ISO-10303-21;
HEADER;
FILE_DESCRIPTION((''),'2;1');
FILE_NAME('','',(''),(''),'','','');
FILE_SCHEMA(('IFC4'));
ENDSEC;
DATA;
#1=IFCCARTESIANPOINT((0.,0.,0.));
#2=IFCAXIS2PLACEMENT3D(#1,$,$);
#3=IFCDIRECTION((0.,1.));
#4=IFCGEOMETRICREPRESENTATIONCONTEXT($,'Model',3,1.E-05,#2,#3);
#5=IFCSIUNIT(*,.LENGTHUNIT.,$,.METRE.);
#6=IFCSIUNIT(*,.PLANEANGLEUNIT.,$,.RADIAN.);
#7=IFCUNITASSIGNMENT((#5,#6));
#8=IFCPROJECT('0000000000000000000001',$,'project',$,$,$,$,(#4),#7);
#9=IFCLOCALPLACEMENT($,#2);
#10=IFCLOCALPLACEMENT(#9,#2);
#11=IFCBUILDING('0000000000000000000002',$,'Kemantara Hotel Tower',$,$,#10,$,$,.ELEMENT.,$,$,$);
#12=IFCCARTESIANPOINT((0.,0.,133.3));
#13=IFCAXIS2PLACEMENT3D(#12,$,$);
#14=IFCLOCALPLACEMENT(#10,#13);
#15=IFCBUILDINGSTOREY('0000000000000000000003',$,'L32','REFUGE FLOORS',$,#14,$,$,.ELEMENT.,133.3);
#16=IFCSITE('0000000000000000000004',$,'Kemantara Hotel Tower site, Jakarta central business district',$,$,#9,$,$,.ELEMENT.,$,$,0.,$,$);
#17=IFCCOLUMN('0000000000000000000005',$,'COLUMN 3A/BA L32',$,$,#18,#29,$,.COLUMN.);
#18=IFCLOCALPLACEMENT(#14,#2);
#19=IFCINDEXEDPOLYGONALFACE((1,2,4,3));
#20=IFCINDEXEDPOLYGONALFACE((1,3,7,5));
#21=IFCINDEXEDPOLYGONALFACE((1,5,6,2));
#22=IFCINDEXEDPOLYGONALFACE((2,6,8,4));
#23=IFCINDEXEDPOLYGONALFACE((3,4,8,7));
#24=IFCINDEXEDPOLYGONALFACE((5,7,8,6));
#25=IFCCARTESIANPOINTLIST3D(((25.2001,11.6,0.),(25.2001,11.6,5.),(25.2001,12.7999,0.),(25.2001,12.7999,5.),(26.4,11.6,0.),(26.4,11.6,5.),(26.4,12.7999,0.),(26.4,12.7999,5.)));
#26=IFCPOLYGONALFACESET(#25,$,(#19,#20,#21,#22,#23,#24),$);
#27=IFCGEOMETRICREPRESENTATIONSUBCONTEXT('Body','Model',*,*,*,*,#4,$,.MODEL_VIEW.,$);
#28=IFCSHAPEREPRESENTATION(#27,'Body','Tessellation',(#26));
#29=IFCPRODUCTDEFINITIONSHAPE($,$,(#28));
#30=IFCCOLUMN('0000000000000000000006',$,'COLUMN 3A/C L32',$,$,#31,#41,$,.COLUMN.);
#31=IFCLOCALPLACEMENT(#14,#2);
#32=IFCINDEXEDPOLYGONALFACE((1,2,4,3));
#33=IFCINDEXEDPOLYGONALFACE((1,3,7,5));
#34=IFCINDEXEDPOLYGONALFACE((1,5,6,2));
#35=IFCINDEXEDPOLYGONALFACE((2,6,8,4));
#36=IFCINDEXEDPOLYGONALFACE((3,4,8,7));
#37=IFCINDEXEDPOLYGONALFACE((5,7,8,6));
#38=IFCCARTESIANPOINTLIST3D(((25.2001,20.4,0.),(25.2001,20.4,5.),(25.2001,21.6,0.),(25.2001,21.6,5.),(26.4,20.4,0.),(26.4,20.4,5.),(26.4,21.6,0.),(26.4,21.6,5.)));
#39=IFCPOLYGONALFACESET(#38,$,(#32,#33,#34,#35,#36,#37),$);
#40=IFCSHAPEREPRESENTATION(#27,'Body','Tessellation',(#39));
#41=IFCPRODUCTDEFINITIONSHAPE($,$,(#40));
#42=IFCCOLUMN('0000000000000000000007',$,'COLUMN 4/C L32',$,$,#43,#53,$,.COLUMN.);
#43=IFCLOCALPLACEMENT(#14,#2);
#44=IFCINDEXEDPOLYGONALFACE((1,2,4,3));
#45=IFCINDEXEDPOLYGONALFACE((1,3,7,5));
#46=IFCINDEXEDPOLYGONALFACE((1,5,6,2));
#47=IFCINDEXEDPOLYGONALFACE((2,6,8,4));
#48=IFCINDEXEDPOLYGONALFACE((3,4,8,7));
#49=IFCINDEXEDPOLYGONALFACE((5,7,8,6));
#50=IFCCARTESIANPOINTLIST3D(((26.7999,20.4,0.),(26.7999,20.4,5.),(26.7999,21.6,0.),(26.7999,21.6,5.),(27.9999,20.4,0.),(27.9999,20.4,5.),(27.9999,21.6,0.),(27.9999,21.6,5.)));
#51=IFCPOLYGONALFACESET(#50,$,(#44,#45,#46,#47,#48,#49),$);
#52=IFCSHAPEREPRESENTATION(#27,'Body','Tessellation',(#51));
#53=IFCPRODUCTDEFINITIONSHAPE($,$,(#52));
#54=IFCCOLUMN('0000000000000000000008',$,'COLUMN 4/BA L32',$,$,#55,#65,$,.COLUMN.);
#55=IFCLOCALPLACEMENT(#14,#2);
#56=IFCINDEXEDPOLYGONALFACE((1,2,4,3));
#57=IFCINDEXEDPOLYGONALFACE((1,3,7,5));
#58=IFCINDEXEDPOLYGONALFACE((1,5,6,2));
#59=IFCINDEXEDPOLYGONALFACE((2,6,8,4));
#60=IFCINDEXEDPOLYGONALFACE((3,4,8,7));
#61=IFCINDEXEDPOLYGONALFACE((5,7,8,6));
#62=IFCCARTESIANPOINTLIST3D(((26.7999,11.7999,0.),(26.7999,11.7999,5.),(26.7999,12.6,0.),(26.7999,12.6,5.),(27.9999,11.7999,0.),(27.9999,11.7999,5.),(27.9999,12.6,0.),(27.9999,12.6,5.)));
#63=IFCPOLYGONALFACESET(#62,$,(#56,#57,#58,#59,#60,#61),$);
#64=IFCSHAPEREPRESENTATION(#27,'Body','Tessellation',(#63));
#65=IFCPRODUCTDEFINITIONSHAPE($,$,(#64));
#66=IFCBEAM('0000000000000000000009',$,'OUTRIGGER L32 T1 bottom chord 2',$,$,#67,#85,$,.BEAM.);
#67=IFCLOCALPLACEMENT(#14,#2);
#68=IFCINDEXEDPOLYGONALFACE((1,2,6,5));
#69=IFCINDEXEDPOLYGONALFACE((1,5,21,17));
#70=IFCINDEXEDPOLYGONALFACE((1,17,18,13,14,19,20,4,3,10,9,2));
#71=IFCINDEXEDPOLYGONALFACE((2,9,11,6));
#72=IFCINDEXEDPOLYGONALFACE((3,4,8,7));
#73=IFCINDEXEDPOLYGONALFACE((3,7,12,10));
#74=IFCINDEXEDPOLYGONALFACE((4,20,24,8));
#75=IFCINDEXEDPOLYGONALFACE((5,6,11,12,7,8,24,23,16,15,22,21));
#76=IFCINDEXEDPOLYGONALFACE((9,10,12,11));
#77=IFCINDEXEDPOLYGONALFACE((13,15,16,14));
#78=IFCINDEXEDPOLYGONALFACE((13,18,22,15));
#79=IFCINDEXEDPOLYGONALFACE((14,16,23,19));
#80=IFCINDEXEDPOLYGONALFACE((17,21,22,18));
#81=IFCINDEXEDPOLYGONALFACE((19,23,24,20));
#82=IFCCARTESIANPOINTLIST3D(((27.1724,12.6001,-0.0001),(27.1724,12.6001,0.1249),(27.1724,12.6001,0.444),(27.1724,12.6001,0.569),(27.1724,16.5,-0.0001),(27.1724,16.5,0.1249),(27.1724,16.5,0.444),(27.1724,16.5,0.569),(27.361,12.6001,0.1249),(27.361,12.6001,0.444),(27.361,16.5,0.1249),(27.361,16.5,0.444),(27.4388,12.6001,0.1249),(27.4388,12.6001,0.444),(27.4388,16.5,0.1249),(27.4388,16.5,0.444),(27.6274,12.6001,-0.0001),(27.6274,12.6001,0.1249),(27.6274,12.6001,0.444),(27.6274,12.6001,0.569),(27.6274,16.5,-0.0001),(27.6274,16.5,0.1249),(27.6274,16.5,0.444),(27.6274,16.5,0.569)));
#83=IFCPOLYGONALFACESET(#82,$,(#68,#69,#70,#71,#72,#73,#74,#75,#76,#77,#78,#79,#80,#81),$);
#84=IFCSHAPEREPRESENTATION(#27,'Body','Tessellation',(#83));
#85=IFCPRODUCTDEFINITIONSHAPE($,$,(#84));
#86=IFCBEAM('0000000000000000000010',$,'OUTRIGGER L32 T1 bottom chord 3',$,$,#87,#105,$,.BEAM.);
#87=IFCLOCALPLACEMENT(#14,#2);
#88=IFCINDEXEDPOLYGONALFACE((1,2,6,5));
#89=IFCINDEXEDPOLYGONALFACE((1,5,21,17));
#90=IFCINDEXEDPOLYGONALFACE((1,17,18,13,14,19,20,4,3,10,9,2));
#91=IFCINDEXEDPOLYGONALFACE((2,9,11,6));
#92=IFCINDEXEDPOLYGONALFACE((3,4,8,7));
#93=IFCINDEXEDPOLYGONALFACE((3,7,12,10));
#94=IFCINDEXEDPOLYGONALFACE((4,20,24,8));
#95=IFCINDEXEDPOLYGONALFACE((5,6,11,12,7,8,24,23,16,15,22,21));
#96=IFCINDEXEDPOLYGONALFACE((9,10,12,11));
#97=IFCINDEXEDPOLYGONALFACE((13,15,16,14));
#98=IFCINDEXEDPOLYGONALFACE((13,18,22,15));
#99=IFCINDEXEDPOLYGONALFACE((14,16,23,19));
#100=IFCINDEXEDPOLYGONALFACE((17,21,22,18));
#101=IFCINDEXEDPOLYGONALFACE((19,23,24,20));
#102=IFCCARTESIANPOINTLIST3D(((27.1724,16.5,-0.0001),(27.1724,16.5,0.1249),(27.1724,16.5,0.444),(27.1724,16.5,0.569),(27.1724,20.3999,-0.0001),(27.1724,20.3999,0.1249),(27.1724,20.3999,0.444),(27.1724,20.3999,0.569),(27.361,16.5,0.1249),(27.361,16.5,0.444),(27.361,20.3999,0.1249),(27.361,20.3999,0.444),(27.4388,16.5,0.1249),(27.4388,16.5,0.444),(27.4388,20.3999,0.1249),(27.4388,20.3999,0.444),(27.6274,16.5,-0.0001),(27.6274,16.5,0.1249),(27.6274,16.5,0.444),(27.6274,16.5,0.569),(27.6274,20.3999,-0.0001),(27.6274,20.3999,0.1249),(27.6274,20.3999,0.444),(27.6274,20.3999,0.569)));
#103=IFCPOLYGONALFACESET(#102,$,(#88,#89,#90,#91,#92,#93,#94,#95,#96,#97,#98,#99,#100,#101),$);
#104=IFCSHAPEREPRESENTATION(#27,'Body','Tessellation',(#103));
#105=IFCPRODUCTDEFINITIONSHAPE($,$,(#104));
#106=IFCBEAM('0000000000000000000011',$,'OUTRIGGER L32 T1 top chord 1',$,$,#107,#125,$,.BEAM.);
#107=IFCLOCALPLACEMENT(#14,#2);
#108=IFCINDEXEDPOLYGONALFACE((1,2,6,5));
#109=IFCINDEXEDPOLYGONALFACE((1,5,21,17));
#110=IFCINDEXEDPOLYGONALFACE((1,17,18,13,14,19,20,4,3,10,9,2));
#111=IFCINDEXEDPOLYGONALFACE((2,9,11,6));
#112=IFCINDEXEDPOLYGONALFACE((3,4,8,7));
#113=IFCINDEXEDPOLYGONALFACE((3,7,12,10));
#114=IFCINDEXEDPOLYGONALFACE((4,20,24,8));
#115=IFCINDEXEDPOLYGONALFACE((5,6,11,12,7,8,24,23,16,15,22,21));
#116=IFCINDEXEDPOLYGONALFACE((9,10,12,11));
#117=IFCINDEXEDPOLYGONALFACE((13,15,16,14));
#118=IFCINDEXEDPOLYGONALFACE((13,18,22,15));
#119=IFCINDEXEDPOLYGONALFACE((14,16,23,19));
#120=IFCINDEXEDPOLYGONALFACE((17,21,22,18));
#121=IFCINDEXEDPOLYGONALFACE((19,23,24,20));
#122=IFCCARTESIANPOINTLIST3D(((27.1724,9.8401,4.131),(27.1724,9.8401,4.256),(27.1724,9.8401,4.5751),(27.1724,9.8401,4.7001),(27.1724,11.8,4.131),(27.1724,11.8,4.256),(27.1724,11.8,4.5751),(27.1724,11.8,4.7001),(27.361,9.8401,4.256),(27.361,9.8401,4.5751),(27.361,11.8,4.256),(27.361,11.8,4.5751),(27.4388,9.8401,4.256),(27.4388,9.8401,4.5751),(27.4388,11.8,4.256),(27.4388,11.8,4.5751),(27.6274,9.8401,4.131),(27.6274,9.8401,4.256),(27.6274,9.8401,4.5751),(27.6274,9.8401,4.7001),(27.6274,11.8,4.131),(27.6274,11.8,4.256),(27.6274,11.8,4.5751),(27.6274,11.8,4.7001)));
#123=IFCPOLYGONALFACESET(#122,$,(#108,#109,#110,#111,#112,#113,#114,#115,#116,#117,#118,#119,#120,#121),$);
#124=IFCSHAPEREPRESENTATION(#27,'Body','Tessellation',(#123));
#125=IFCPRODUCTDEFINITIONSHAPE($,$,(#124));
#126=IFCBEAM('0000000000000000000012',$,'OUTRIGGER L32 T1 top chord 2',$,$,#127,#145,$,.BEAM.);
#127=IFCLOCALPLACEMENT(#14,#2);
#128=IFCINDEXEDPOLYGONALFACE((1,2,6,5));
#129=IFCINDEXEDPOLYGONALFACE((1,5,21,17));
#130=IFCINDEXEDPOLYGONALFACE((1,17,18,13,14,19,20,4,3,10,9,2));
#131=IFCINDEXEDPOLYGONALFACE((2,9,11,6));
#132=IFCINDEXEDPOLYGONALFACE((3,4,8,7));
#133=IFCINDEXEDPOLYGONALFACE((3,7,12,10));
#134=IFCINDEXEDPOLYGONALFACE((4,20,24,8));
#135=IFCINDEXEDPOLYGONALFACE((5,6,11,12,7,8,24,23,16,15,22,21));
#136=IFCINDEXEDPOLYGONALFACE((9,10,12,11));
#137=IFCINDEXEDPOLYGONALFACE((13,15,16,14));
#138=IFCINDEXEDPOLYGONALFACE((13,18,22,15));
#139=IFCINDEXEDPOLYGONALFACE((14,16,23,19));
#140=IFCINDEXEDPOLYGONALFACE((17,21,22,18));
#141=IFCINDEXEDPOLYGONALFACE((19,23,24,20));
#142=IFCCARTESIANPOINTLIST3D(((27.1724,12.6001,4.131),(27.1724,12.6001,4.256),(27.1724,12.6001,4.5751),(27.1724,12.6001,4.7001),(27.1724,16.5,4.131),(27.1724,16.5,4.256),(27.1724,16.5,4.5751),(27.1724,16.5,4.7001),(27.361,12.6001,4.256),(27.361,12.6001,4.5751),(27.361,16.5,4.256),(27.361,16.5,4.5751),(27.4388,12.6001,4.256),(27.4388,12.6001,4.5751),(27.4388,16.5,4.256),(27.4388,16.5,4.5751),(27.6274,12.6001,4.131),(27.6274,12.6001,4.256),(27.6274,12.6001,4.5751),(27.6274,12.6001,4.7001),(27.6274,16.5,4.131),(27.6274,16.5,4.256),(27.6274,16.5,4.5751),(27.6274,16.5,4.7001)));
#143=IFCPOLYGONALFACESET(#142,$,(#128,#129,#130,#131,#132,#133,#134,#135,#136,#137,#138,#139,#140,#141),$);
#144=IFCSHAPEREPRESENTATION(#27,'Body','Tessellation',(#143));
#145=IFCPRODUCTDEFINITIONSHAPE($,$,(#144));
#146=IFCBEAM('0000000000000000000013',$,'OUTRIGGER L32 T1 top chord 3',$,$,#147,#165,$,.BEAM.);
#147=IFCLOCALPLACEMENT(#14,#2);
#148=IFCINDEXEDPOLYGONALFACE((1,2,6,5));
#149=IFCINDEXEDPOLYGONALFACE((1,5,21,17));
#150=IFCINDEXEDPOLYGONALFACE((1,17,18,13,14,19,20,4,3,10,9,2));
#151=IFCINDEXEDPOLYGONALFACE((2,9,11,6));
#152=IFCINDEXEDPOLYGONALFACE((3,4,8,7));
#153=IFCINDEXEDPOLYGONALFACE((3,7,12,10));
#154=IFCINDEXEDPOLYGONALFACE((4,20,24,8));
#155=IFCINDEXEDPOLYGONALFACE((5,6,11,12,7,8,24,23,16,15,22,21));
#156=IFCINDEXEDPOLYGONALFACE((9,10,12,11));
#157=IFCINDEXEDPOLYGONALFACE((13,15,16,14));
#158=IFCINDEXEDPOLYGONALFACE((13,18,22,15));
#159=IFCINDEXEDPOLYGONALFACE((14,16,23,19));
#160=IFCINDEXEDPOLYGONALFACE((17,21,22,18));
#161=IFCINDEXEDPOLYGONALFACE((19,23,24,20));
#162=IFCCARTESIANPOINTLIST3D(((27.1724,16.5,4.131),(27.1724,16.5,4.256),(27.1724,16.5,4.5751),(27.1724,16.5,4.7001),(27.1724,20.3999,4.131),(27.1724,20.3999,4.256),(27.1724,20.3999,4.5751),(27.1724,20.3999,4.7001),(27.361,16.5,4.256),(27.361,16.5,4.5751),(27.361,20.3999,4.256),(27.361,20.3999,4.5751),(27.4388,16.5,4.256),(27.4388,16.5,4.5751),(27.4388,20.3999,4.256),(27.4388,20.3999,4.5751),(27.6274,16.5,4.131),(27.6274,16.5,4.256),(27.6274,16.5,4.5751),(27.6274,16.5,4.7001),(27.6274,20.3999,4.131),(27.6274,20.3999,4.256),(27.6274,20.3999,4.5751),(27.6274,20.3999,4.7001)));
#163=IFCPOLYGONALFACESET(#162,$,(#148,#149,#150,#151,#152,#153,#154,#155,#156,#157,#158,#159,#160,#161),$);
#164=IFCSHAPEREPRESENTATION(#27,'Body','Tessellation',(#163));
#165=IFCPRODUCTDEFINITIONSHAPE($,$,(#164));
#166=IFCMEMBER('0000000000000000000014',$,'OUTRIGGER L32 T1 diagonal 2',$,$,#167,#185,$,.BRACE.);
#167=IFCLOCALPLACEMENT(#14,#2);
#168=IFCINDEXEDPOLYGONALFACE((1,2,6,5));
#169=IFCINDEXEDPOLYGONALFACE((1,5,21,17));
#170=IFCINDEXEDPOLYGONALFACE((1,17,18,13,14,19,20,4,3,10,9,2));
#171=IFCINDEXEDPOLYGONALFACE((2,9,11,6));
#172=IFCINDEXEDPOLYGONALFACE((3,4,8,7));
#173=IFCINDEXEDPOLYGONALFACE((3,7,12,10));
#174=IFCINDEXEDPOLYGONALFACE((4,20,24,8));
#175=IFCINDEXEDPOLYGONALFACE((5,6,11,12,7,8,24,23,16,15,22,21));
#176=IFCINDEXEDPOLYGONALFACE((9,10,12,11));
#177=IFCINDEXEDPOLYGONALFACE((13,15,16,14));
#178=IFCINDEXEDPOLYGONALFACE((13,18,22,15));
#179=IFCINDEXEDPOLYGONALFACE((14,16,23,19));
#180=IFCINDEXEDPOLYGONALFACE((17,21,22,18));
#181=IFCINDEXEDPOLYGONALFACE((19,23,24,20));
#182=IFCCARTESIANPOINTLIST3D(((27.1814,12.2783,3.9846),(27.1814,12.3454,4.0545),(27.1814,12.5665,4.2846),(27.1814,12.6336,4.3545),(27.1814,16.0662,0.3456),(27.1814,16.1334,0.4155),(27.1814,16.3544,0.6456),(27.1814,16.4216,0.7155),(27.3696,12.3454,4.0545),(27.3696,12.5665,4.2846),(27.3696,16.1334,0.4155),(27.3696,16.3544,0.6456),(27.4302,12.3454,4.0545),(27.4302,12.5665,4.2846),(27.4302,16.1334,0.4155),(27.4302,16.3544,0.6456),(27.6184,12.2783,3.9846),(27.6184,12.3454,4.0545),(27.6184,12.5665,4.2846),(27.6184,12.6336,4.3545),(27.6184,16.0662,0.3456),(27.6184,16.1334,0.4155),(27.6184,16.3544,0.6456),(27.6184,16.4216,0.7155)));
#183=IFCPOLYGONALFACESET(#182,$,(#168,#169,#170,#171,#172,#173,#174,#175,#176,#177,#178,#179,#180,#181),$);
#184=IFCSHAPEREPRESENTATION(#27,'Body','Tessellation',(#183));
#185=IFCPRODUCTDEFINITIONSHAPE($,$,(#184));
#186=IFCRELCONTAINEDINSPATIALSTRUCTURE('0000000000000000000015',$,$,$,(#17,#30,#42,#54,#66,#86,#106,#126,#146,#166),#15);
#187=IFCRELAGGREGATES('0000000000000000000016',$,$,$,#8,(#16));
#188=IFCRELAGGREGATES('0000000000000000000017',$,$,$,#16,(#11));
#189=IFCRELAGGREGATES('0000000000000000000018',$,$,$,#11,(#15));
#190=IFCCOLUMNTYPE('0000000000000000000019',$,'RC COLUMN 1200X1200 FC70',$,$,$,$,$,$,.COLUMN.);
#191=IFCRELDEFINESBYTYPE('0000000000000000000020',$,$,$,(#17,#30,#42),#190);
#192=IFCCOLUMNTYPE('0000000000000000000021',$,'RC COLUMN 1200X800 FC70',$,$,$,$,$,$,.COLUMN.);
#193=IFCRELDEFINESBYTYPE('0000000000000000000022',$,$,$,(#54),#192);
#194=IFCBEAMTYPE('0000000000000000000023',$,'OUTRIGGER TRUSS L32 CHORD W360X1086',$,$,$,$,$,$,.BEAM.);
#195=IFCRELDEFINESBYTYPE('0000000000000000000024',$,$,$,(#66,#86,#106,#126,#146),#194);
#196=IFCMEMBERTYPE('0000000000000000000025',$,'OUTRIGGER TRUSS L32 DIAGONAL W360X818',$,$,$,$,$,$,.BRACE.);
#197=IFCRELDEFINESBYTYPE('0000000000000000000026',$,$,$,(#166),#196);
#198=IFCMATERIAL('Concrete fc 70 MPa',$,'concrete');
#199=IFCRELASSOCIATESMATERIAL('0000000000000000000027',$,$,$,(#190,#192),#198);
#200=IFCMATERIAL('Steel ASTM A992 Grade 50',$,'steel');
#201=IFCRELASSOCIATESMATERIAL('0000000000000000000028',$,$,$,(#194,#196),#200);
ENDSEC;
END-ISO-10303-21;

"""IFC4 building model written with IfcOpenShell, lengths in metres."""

from ifc_helpers import new_model, si_unit, direction, frame, origin, origin_2d, place, context, subcontext, project, spatial, rectangle, i_section, extrude, material, material_profile, profile_set, type_object, element, save


model = new_model("IFC4")

# Units and contexts
model_context = context("Model", 3, precision=1e-05, world=origin(), true_north=direction((0.0, 1.0)))
body_context = subcontext(model_context, "Body", "Model", "MODEL_VIEW")
ifc_project = project(units=[si_unit("LENGTHUNIT", "METRE"), si_unit("PLANEANGLEUNIT", "RADIAN")], contexts=[model_context])

# Site, building, storey
site_placement = place(None, origin())
site = spatial("IfcSite", under=ifc_project, at=site_placement, Name="Kemantara Hotel Tower site, Jakarta central business district", CompositionType="ELEMENT", RefElevation=0.0)
building_placement = place(site_placement, origin())
building = spatial("IfcBuilding", under=site, at=building_placement, Name="Kemantara Hotel Tower", CompositionType="ELEMENT")
storey_placement = place(building_placement, frame((0.0, 0.0, 133.3)))
storey = spatial("IfcBuildingStorey", under=building, at=storey_placement, Name="L32", Description="REFUGE FLOORS", CompositionType="ELEMENT", Elevation=133.3)

# Columns
ifc_material_1 = material(Name="Concrete fc 70 MPa", Category="concrete")
ifc_material_profile_1 = material_profile(ifc_material_1, rectangle(XDim=1.2, YDim=1.2, at=origin_2d()), Name="RC 1200X1200")
ifc_profile_set_1 = profile_set([ifc_material_profile_1], Name="Concrete fc 70 MPa")
column_type_1 = type_object("IfcColumnType", Name="RC COLUMN 1200X1200 FC70", PredefinedType="COLUMN", material=ifc_profile_set_1)
for number, where, z_axis, x_axis, name in (
    (1, (25.8, 12.2, 0.0), (0.0, 0.0, 1.0), (1.0, 0.0, 0.0), "COLUMN 3A/BA L32"),
    (2, (25.8, 21.0, 0.0), (0.0, 0.0, 1.0), (1.0, 0.0, 0.0), "COLUMN 3A/C L32"),
    (3, (27.3999, 21.0, 0.0), (0.0, 0.0, 1.0), (1.0, 0.0, 0.0), "COLUMN 4/C L32"),
):
    element("IfcColumn", number, at=place(storey_placement, frame(where, z_axis=z_axis, x_axis=x_axis)), inside=storey, type_object=column_type_1, Name=name, PredefinedType="COLUMN", context=body_context, shape_type="SweptSolid", body=[
        extrude(rectangle(XDim=1.2, YDim=1.2, at=origin_2d()), origin(), (0.0, 0.0, 1.0), 5.0),
    ])
ifc_material_profile_2 = material_profile(ifc_material_1, rectangle(XDim=1.2, YDim=0.8, at=origin_2d()), Name="RC 1200X800")
ifc_profile_set_2 = profile_set([ifc_material_profile_2], Name="Concrete fc 70 MPa")
column_type_2 = type_object("IfcColumnType", Name="RC COLUMN 1200X800 FC70", PredefinedType="COLUMN", material=ifc_profile_set_2)
column_placement = place(storey_placement, frame((27.3999, 12.2, 0.0), z_axis=(0.0, 0.0, 1.0), x_axis=(1.0, 0.0, 0.0)))
element("IfcColumn", 4, at=column_placement, inside=storey, type_object=column_type_2, Name="COLUMN 4/BA L32", PredefinedType="COLUMN", context=body_context, shape_type="SweptSolid", body=[
    extrude(rectangle(XDim=1.2, YDim=0.8, at=origin_2d()), origin(), (0.0, 0.0, 1.0), 5.0),
])

# Beams
ifc_material_2 = material(Name="Steel ASTM A992 Grade 50", Category="steel")
ifc_material_profile_3 = material_profile(ifc_material_2, i_section(OverallWidth=0.4551, OverallDepth=0.5691, WebThickness=0.0779, FlangeThickness=0.125, at=origin_2d()), Name="W360X1086")
ifc_profile_set_3 = profile_set([ifc_material_profile_3], Name="Steel ASTM A992 Grade 50")
beam_type = type_object("IfcBeamType", Name="OUTRIGGER TRUSS L32 CHORD W360X1086", PredefinedType="BEAM", material=ifc_profile_set_3)
for number, where, z_axis, x_axis, name in (
    (5, (27.3999, 12.6001, 0.2844), (0.0, 1.0, 0.0), (-1.0, 0.0, 0.0), "OUTRIGGER L32 T1 bottom chord 2"),
    (6, (27.3999, 16.5, 0.2844), (0.0, 1.0, 0.0), (-1.0, 0.0, 0.0), "OUTRIGGER L32 T1 bottom chord 3"),
):
    element("IfcBeam", number, at=place(storey_placement, frame(where, z_axis=z_axis, x_axis=x_axis)), inside=storey, type_object=beam_type, Name=name, PredefinedType="BEAM", context=body_context, shape_type="SweptSolid", body=[
        extrude(i_section(OverallWidth=0.4551, OverallDepth=0.5691, WebThickness=0.0779, FlangeThickness=0.125, at=origin_2d()), origin(), (0.0, 0.0, 1.0), 3.8999),
    ])
beam_placement = place(storey_placement, frame((27.3999, 9.8401, 4.4155), z_axis=(0.0, 1.0, 0.0), x_axis=(-1.0, 0.0, 0.0)))
element("IfcBeam", 7, at=beam_placement, inside=storey, type_object=beam_type, Name="OUTRIGGER L32 T1 top chord 1", PredefinedType="BEAM", context=body_context, shape_type="SweptSolid", body=[
    extrude(i_section(OverallWidth=0.4551, OverallDepth=0.5691, WebThickness=0.0779, FlangeThickness=0.125, at=origin_2d()), origin(), (0.0, 0.0, 1.0), 1.96),
])
for number, where, z_axis, x_axis, name in (
    (8, (27.3999, 12.6001, 4.4155), (0.0, 1.0, 0.0), (-1.0, 0.0, 0.0), "OUTRIGGER L32 T1 top chord 2"),
    (9, (27.3999, 16.5, 4.4155), (0.0, 1.0, 0.0), (-1.0, 0.0, 0.0), "OUTRIGGER L32 T1 top chord 3"),
):
    element("IfcBeam", number, at=place(storey_placement, frame(where, z_axis=z_axis, x_axis=x_axis)), inside=storey, type_object=beam_type, Name=name, PredefinedType="BEAM", context=body_context, shape_type="SweptSolid", body=[
        extrude(i_section(OverallWidth=0.4551, OverallDepth=0.5691, WebThickness=0.0779, FlangeThickness=0.125, at=origin_2d()), origin(), (0.0, 0.0, 1.0), 3.8999),
    ])

# Member
ifc_material_profile_4 = material_profile(ifc_material_2, i_section(OverallWidth=0.437, OverallDepth=0.5129, WebThickness=0.0605, FlangeThickness=0.0969, at=origin_2d()), Name="W360X818")
ifc_profile_set_4 = profile_set([ifc_material_profile_4], Name="Steel ASTM A992 Grade 50")
member_type_1 = type_object("IfcMemberType", Name="OUTRIGGER TRUSS L32 DIAGONAL W360X818", PredefinedType="BRACE", material=ifc_profile_set_4)
member_1_placement = place(storey_placement, frame((27.3999, 16.2439, 0.5305), z_axis=(0.0, -0.721141, 0.692788), x_axis=(1.0, 0.0, 0.0)))
element("IfcMember", 10, at=member_1_placement, inside=storey, type_object=member_type_1, Name="OUTRIGGER L32 T1 diagonal 2", PredefinedType="BRACE", context=body_context, shape_type="SweptSolid", body=[
    extrude(i_section(OverallWidth=0.437, OverallDepth=0.5129, WebThickness=0.0605, FlangeThickness=0.0969, at=origin_2d()), origin(), (0.0, 0.0, 1.0), 5.2527),
])

save(model, "model.ifc")
